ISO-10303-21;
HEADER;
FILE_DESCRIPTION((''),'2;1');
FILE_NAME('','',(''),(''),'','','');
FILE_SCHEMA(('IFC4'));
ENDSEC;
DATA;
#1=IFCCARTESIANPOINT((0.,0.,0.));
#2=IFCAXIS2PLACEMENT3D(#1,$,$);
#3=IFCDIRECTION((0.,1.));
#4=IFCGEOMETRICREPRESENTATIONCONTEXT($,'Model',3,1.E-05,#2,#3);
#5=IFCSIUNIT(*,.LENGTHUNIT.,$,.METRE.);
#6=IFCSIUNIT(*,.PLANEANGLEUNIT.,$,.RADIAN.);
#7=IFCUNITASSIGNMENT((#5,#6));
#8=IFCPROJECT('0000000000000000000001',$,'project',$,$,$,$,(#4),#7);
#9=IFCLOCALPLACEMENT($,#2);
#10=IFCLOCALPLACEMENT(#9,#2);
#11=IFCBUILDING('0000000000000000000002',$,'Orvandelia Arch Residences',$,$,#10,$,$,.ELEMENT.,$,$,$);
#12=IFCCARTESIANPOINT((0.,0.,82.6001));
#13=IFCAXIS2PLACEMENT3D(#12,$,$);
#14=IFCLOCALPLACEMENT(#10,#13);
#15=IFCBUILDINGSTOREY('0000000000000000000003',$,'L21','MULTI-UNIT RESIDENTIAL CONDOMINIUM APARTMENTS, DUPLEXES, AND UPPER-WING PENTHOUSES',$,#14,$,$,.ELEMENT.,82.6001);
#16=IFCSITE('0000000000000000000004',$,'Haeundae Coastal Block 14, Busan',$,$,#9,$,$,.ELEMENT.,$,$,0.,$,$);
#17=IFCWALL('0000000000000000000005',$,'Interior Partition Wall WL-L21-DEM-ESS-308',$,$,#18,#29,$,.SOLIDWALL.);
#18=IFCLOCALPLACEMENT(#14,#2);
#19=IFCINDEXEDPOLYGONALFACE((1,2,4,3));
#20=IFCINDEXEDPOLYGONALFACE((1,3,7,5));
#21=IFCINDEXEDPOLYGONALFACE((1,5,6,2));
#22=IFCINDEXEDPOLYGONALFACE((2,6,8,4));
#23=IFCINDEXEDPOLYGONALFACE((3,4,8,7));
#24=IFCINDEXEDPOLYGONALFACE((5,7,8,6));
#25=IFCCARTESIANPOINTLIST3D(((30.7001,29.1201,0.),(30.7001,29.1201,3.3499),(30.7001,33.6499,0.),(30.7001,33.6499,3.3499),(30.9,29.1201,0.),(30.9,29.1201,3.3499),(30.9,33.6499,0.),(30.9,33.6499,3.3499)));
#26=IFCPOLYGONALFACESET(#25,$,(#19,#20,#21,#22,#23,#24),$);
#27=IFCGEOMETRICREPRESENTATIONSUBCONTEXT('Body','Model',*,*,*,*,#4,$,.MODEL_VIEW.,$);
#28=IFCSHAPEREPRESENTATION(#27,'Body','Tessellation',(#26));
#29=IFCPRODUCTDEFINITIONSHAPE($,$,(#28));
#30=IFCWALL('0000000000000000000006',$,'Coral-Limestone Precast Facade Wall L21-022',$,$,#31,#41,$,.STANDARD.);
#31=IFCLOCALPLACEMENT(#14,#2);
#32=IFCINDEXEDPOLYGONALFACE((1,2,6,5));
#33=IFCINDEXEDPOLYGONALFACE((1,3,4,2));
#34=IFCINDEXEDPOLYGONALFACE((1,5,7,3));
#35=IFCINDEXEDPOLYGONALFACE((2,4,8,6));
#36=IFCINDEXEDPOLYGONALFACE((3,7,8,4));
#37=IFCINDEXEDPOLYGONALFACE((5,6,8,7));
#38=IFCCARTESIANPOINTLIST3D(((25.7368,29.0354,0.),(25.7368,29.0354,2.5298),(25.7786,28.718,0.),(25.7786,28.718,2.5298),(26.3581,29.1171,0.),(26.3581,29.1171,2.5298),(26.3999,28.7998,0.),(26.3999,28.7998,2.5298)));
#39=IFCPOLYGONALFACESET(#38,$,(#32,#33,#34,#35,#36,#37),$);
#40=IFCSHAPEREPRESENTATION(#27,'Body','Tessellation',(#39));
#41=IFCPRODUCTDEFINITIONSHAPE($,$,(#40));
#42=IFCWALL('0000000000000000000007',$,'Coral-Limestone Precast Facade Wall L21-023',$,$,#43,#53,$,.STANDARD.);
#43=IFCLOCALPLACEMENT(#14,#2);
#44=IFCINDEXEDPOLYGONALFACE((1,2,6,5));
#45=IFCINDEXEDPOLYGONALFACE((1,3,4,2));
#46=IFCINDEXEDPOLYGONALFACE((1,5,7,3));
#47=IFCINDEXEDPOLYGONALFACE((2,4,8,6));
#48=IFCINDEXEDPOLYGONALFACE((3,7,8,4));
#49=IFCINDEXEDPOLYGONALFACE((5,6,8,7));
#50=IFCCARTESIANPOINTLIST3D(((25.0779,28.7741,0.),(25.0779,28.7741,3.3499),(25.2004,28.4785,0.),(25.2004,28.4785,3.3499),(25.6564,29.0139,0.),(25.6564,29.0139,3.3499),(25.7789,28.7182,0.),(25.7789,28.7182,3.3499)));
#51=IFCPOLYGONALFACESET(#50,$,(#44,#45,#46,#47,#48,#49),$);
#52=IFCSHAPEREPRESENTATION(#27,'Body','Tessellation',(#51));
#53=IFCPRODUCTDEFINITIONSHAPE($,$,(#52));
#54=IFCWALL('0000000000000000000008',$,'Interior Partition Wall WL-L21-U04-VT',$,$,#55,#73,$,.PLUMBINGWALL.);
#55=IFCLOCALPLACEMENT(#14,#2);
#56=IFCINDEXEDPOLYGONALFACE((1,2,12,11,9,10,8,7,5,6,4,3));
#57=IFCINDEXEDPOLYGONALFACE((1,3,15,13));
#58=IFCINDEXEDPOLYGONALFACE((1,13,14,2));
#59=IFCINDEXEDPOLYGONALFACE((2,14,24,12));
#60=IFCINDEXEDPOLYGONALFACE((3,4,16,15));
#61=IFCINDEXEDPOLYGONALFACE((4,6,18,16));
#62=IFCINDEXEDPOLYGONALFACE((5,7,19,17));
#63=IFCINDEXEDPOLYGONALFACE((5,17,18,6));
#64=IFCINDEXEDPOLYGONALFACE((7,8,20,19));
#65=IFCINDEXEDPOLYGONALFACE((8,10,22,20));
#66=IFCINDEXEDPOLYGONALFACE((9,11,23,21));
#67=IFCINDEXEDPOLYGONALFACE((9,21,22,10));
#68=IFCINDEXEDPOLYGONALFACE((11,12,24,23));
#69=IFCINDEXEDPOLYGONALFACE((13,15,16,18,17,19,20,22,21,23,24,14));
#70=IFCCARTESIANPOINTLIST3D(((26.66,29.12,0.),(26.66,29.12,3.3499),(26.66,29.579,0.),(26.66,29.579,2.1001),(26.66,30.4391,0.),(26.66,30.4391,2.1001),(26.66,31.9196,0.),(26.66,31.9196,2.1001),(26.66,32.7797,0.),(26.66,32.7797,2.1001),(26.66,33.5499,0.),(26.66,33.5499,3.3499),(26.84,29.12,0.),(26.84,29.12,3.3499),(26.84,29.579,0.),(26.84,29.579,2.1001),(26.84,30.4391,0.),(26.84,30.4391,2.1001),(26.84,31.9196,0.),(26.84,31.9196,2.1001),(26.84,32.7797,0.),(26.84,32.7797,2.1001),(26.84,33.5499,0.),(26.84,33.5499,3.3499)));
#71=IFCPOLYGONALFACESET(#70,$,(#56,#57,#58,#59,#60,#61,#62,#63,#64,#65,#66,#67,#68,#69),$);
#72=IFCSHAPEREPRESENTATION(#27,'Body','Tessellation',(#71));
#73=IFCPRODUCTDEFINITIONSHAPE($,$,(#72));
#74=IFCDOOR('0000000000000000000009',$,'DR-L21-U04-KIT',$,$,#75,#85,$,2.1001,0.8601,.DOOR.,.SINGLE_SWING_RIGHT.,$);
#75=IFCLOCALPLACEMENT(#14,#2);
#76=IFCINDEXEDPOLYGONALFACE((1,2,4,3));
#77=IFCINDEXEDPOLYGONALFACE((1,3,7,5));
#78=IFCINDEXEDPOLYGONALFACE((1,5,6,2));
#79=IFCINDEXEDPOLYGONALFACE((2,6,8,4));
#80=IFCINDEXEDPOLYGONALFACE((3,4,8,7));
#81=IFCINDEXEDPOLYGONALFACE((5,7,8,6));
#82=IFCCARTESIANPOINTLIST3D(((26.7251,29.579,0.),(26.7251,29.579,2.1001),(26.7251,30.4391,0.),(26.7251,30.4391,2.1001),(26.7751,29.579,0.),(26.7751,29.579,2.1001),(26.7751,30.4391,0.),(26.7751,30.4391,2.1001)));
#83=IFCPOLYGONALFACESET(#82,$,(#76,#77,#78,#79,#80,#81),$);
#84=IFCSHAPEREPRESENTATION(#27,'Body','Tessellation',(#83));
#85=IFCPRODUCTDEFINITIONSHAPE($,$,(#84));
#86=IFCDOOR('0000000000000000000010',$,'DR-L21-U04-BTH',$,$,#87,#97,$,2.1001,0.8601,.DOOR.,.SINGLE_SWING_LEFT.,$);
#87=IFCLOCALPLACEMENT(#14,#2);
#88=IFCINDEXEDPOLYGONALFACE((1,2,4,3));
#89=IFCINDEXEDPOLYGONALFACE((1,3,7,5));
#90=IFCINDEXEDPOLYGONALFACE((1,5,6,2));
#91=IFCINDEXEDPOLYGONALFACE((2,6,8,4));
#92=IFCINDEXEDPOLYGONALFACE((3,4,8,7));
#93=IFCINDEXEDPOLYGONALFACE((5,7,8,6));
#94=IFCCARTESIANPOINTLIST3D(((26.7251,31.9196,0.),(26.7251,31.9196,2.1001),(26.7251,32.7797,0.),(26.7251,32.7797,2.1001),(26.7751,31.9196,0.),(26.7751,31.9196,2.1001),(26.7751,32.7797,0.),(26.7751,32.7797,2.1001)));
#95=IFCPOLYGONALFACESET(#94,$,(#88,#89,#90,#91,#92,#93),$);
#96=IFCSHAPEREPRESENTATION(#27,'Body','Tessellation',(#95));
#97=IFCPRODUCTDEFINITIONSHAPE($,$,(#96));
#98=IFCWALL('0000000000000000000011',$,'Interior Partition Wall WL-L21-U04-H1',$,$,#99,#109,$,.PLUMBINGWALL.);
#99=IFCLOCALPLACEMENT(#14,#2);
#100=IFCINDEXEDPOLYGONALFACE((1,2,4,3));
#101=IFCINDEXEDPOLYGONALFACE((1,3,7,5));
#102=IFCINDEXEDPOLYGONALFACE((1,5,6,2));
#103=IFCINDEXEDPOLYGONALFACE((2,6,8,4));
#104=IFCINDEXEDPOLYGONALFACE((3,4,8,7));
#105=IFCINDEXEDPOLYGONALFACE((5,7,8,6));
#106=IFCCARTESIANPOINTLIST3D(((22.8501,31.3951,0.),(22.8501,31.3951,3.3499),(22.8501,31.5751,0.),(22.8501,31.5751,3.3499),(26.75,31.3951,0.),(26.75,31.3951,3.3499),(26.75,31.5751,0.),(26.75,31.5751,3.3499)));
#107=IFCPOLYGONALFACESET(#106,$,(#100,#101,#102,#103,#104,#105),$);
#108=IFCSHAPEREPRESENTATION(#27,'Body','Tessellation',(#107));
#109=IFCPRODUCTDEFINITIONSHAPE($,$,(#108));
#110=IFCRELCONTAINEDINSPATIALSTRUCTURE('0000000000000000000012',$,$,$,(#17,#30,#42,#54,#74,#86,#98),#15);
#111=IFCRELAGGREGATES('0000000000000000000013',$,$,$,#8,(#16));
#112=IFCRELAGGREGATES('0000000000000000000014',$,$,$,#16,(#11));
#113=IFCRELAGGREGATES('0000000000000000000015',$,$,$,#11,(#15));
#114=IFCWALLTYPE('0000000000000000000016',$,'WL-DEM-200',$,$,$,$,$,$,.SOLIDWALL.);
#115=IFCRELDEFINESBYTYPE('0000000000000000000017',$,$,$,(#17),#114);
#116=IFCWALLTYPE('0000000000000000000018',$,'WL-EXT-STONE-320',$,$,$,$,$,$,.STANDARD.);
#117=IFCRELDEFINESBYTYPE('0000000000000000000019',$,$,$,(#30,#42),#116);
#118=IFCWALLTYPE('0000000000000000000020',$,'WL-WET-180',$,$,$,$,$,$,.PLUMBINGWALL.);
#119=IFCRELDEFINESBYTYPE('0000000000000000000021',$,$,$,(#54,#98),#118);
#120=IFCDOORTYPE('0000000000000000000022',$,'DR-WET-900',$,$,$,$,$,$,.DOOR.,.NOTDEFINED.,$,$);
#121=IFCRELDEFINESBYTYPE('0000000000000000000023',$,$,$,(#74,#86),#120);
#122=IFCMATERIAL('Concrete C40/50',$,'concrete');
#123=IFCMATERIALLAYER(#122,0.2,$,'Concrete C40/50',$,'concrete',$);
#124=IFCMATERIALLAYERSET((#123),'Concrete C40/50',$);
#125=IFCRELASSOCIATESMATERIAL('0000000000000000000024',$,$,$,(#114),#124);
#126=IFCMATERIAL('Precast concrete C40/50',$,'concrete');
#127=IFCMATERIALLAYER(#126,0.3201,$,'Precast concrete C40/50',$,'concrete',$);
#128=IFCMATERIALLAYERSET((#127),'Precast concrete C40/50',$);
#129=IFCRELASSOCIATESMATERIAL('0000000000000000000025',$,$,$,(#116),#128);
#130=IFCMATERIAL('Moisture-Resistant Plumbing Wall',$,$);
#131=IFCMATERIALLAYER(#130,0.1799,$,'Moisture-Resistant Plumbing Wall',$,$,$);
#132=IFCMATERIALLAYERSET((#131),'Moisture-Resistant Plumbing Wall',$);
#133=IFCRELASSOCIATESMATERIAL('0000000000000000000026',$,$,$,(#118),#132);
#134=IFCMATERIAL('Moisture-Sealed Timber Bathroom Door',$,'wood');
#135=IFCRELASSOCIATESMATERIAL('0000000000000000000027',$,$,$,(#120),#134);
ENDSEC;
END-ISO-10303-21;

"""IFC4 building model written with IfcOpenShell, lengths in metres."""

from ifc_helpers import new_model, si_unit, direction, frame, frame_2d, origin, place, context, subcontext, project, spatial, rectangle, extrude, material, layer, layer_set, type_object, element, fill, save


model = new_model("IFC4")

# Units and contexts
model_context = context("Model", 3, precision=1e-05, world=origin(), true_north=direction((0.0, 1.0)))
body_context = subcontext(model_context, "Body", "Model", "MODEL_VIEW")
ifc_project = project(units=[si_unit("LENGTHUNIT", "METRE"), si_unit("PLANEANGLEUNIT", "RADIAN")], contexts=[model_context])

# Site, building, storey
site_placement = place(None, origin())
site = spatial("IfcSite", under=ifc_project, at=site_placement, Name="Haeundae Coastal Block 14, Busan", CompositionType="ELEMENT", RefElevation=0.0)
building_placement = place(site_placement, origin())
building = spatial("IfcBuilding", under=site, at=building_placement, Name="Orvandelia Arch Residences", CompositionType="ELEMENT")
storey_placement = place(building_placement, frame((0.0, 0.0, 82.6001)))
storey = spatial("IfcBuildingStorey", under=building, at=storey_placement, Name="L21", Description="MULTI-UNIT RESIDENTIAL CONDOMINIUM APARTMENTS, DUPLEXES, AND UPPER-WING PENTHOUSES", CompositionType="ELEMENT", Elevation=82.6001)

# Walls
ifc_material_1 = material(Name="Concrete C40/50", Category="concrete")
ifc_layer_1 = layer(ifc_material_1, 0.2, Name="Concrete C40/50", Category="concrete")
ifc_layer_set_1 = layer_set([ifc_layer_1], Name="Concrete C40/50")
wall_type_1 = type_object("IfcWallType", Name="WL-DEM-200", PredefinedType="SOLIDWALL", material=ifc_layer_set_1)
wall_1_placement = place(storey_placement, frame((30.8, 29.1201, 0.0), z_axis=(0.0, 0.0, 1.0), x_axis=(0.0, 1.0, 0.0)))
element("IfcWall", 1, at=wall_1_placement, inside=storey, type_object=wall_type_1, Name="Interior Partition Wall WL-L21-DEM-ESS-308", PredefinedType="SOLIDWALL", context=body_context, shape_type="SweptSolid", body=[
    extrude(rectangle(XDim=4.5298, YDim=0.2, at=frame_2d((2.2649, 0.0))), origin(), (0.0, 0.0, 1.0), 3.3499),
])
ifc_material_2 = material(Name="Precast concrete C40/50", Category="concrete")
ifc_layer_2 = layer(ifc_material_2, 0.3201, Name="Precast concrete C40/50", Category="concrete")
ifc_layer_set_2 = layer_set([ifc_layer_2], Name="Precast concrete C40/50")
wall_type_2 = type_object("IfcWallType", Name="WL-EXT-STONE-320", PredefinedType="STANDARD", material=ifc_layer_set_2)
wall_2_placement = place(storey_placement, frame((26.3792, 28.9585, 0.0), z_axis=(0.0, 0.0, 1.0), x_axis=(-0.991448, -0.130505, 0.0)))
element("IfcWall", 2, at=wall_2_placement, inside=storey, type_object=wall_type_2, Name="Coral-Limestone Precast Facade Wall L21-022", PredefinedType="STANDARD", context=body_context, shape_type="SweptSolid", body=[
    extrude(rectangle(XDim=0.6267, YDim=0.3201, at=frame_2d((0.3135, 0.0))), origin(), (0.0, 0.0, 1.0), 2.5298),
])
wall_3_placement = place(storey_placement, frame((25.7175, 28.866, 0.0), z_axis=(0.0, 0.0, 1.0), x_axis=(-0.923836, -0.382788, 0.0)))
element("IfcWall", 3, at=wall_3_placement, inside=storey, type_object=wall_type_2, Name="Coral-Limestone Precast Facade Wall L21-023", PredefinedType="STANDARD", context=body_context, shape_type="SweptSolid", body=[
    extrude(rectangle(XDim=0.6262, YDim=0.3201, at=frame_2d((0.313, 0.0))), origin(), (0.0, 0.0, 1.0), 3.3499),
])

# Wall, openings, doors
ifc_material_3 = material(Name="Moisture-Resistant Plumbing Wall")
ifc_layer_3 = layer(ifc_material_3, 0.1799, Name="Moisture-Resistant Plumbing Wall")
ifc_layer_set_3 = layer_set([ifc_layer_3], Name="Moisture-Resistant Plumbing Wall")
wall_type_3 = type_object("IfcWallType", Name="WL-WET-180", PredefinedType="PLUMBINGWALL", material=ifc_layer_set_3)
wall_4_placement = place(storey_placement, frame((26.75, 29.1201, 0.0), z_axis=(0.0, 0.0, 1.0), x_axis=(0.0, 1.0, 0.0)))
wall_4 = element("IfcWall", 4, at=wall_4_placement, inside=storey, type_object=wall_type_3, Name="Interior Partition Wall WL-L21-U04-VT", PredefinedType="PLUMBINGWALL", context=body_context, shape_type="SweptSolid", body=[
    extrude(rectangle(XDim=4.4299, YDim=0.1799, at=frame_2d((2.2148, 0.0))), origin(), (0.0, 0.0, 1.0), 3.3499),
])
opening_1_placement = place(wall_4_placement, frame((0.4587, 0.0, 0.0)))
opening_1 = element("IfcOpeningElement", 5, at=opening_1_placement, cuts=wall_4, PredefinedType="OPENING", context=body_context, shape_type="SweptSolid", body=[
    extrude(rectangle(XDim=0.8601, YDim=2.1001, at=frame_2d((0.4302, 1.05))), frame((0.0, 0.1001, 0.0), z_axis=(0.0, -1.0, 0.0), x_axis=(1.0, 0.0, 0.0)), (0.0, 0.0, 1.0), 0.2),
])
opening_2_placement = place(wall_4_placement, frame((2.7993, 0.0, 0.0)))
opening_2 = element("IfcOpeningElement", 6, at=opening_2_placement, cuts=wall_4, PredefinedType="OPENING", context=body_context, shape_type="SweptSolid", body=[
    extrude(rectangle(XDim=0.8601, YDim=2.1001, at=frame_2d((0.4302, 1.05))), frame((0.0, 0.1001, 0.0), z_axis=(0.0, -1.0, 0.0), x_axis=(1.0, 0.0, 0.0)), (0.0, 0.0, 1.0), 0.2),
])
ifc_material_4 = material(Name="Moisture-Sealed Timber Bathroom Door", Category="wood")
door_type_1 = type_object("IfcDoorType", Name="DR-WET-900", OperationType="NOTDEFINED", PredefinedType="DOOR", material=ifc_material_4)
door_1_placement = place(opening_1_placement, origin())
door_1 = element("IfcDoor", 7, at=door_1_placement, inside=storey, type_object=door_type_1, Name="DR-L21-U04-KIT", OperationType="SINGLE_SWING_RIGHT", OverallHeight=2.1001, OverallWidth=0.8601, PredefinedType="DOOR", context=body_context, shape_type="SweptSolid", body=[
    extrude(rectangle(XDim=0.8601, YDim=2.1001, at=frame_2d((0.4302, 1.05))), frame((0.0, 0.0249, 0.0), z_axis=(0.0, -1.0, 0.0), x_axis=(1.0, 0.0, 0.0)), (0.0, 0.0, 1.0), 0.05),
])
fill(opening_1, door_1)
door_2_placement = place(opening_2_placement, origin())
door_2 = element("IfcDoor", 8, at=door_2_placement, inside=storey, type_object=door_type_1, Name="DR-L21-U04-BTH", OperationType="SINGLE_SWING_LEFT", OverallHeight=2.1001, OverallWidth=0.8601, PredefinedType="DOOR", context=body_context, shape_type="SweptSolid", body=[
    extrude(rectangle(XDim=0.8601, YDim=2.1001, at=frame_2d((0.4302, 1.05))), frame((0.0, 0.0249, 0.0), z_axis=(0.0, -1.0, 0.0), x_axis=(1.0, 0.0, 0.0)), (0.0, 0.0, 1.0), 0.05),
])
fill(opening_2, door_2)

# Wall
wall_5_placement = place(storey_placement, frame((22.8501, 31.4851, 0.0), z_axis=(0.0, 0.0, 1.0), x_axis=(1.0, 0.0, 0.0)))
element("IfcWall", 9, at=wall_5_placement, inside=storey, type_object=wall_type_3, Name="Interior Partition Wall WL-L21-U04-H1", PredefinedType="PLUMBINGWALL", context=body_context, shape_type="SweptSolid", body=[
    extrude(rectangle(XDim=3.8999, YDim=0.1799, at=frame_2d((1.95, 0.0))), origin(), (0.0, 0.0, 1.0), 3.3499),
])

save(model, "model.ifc")
